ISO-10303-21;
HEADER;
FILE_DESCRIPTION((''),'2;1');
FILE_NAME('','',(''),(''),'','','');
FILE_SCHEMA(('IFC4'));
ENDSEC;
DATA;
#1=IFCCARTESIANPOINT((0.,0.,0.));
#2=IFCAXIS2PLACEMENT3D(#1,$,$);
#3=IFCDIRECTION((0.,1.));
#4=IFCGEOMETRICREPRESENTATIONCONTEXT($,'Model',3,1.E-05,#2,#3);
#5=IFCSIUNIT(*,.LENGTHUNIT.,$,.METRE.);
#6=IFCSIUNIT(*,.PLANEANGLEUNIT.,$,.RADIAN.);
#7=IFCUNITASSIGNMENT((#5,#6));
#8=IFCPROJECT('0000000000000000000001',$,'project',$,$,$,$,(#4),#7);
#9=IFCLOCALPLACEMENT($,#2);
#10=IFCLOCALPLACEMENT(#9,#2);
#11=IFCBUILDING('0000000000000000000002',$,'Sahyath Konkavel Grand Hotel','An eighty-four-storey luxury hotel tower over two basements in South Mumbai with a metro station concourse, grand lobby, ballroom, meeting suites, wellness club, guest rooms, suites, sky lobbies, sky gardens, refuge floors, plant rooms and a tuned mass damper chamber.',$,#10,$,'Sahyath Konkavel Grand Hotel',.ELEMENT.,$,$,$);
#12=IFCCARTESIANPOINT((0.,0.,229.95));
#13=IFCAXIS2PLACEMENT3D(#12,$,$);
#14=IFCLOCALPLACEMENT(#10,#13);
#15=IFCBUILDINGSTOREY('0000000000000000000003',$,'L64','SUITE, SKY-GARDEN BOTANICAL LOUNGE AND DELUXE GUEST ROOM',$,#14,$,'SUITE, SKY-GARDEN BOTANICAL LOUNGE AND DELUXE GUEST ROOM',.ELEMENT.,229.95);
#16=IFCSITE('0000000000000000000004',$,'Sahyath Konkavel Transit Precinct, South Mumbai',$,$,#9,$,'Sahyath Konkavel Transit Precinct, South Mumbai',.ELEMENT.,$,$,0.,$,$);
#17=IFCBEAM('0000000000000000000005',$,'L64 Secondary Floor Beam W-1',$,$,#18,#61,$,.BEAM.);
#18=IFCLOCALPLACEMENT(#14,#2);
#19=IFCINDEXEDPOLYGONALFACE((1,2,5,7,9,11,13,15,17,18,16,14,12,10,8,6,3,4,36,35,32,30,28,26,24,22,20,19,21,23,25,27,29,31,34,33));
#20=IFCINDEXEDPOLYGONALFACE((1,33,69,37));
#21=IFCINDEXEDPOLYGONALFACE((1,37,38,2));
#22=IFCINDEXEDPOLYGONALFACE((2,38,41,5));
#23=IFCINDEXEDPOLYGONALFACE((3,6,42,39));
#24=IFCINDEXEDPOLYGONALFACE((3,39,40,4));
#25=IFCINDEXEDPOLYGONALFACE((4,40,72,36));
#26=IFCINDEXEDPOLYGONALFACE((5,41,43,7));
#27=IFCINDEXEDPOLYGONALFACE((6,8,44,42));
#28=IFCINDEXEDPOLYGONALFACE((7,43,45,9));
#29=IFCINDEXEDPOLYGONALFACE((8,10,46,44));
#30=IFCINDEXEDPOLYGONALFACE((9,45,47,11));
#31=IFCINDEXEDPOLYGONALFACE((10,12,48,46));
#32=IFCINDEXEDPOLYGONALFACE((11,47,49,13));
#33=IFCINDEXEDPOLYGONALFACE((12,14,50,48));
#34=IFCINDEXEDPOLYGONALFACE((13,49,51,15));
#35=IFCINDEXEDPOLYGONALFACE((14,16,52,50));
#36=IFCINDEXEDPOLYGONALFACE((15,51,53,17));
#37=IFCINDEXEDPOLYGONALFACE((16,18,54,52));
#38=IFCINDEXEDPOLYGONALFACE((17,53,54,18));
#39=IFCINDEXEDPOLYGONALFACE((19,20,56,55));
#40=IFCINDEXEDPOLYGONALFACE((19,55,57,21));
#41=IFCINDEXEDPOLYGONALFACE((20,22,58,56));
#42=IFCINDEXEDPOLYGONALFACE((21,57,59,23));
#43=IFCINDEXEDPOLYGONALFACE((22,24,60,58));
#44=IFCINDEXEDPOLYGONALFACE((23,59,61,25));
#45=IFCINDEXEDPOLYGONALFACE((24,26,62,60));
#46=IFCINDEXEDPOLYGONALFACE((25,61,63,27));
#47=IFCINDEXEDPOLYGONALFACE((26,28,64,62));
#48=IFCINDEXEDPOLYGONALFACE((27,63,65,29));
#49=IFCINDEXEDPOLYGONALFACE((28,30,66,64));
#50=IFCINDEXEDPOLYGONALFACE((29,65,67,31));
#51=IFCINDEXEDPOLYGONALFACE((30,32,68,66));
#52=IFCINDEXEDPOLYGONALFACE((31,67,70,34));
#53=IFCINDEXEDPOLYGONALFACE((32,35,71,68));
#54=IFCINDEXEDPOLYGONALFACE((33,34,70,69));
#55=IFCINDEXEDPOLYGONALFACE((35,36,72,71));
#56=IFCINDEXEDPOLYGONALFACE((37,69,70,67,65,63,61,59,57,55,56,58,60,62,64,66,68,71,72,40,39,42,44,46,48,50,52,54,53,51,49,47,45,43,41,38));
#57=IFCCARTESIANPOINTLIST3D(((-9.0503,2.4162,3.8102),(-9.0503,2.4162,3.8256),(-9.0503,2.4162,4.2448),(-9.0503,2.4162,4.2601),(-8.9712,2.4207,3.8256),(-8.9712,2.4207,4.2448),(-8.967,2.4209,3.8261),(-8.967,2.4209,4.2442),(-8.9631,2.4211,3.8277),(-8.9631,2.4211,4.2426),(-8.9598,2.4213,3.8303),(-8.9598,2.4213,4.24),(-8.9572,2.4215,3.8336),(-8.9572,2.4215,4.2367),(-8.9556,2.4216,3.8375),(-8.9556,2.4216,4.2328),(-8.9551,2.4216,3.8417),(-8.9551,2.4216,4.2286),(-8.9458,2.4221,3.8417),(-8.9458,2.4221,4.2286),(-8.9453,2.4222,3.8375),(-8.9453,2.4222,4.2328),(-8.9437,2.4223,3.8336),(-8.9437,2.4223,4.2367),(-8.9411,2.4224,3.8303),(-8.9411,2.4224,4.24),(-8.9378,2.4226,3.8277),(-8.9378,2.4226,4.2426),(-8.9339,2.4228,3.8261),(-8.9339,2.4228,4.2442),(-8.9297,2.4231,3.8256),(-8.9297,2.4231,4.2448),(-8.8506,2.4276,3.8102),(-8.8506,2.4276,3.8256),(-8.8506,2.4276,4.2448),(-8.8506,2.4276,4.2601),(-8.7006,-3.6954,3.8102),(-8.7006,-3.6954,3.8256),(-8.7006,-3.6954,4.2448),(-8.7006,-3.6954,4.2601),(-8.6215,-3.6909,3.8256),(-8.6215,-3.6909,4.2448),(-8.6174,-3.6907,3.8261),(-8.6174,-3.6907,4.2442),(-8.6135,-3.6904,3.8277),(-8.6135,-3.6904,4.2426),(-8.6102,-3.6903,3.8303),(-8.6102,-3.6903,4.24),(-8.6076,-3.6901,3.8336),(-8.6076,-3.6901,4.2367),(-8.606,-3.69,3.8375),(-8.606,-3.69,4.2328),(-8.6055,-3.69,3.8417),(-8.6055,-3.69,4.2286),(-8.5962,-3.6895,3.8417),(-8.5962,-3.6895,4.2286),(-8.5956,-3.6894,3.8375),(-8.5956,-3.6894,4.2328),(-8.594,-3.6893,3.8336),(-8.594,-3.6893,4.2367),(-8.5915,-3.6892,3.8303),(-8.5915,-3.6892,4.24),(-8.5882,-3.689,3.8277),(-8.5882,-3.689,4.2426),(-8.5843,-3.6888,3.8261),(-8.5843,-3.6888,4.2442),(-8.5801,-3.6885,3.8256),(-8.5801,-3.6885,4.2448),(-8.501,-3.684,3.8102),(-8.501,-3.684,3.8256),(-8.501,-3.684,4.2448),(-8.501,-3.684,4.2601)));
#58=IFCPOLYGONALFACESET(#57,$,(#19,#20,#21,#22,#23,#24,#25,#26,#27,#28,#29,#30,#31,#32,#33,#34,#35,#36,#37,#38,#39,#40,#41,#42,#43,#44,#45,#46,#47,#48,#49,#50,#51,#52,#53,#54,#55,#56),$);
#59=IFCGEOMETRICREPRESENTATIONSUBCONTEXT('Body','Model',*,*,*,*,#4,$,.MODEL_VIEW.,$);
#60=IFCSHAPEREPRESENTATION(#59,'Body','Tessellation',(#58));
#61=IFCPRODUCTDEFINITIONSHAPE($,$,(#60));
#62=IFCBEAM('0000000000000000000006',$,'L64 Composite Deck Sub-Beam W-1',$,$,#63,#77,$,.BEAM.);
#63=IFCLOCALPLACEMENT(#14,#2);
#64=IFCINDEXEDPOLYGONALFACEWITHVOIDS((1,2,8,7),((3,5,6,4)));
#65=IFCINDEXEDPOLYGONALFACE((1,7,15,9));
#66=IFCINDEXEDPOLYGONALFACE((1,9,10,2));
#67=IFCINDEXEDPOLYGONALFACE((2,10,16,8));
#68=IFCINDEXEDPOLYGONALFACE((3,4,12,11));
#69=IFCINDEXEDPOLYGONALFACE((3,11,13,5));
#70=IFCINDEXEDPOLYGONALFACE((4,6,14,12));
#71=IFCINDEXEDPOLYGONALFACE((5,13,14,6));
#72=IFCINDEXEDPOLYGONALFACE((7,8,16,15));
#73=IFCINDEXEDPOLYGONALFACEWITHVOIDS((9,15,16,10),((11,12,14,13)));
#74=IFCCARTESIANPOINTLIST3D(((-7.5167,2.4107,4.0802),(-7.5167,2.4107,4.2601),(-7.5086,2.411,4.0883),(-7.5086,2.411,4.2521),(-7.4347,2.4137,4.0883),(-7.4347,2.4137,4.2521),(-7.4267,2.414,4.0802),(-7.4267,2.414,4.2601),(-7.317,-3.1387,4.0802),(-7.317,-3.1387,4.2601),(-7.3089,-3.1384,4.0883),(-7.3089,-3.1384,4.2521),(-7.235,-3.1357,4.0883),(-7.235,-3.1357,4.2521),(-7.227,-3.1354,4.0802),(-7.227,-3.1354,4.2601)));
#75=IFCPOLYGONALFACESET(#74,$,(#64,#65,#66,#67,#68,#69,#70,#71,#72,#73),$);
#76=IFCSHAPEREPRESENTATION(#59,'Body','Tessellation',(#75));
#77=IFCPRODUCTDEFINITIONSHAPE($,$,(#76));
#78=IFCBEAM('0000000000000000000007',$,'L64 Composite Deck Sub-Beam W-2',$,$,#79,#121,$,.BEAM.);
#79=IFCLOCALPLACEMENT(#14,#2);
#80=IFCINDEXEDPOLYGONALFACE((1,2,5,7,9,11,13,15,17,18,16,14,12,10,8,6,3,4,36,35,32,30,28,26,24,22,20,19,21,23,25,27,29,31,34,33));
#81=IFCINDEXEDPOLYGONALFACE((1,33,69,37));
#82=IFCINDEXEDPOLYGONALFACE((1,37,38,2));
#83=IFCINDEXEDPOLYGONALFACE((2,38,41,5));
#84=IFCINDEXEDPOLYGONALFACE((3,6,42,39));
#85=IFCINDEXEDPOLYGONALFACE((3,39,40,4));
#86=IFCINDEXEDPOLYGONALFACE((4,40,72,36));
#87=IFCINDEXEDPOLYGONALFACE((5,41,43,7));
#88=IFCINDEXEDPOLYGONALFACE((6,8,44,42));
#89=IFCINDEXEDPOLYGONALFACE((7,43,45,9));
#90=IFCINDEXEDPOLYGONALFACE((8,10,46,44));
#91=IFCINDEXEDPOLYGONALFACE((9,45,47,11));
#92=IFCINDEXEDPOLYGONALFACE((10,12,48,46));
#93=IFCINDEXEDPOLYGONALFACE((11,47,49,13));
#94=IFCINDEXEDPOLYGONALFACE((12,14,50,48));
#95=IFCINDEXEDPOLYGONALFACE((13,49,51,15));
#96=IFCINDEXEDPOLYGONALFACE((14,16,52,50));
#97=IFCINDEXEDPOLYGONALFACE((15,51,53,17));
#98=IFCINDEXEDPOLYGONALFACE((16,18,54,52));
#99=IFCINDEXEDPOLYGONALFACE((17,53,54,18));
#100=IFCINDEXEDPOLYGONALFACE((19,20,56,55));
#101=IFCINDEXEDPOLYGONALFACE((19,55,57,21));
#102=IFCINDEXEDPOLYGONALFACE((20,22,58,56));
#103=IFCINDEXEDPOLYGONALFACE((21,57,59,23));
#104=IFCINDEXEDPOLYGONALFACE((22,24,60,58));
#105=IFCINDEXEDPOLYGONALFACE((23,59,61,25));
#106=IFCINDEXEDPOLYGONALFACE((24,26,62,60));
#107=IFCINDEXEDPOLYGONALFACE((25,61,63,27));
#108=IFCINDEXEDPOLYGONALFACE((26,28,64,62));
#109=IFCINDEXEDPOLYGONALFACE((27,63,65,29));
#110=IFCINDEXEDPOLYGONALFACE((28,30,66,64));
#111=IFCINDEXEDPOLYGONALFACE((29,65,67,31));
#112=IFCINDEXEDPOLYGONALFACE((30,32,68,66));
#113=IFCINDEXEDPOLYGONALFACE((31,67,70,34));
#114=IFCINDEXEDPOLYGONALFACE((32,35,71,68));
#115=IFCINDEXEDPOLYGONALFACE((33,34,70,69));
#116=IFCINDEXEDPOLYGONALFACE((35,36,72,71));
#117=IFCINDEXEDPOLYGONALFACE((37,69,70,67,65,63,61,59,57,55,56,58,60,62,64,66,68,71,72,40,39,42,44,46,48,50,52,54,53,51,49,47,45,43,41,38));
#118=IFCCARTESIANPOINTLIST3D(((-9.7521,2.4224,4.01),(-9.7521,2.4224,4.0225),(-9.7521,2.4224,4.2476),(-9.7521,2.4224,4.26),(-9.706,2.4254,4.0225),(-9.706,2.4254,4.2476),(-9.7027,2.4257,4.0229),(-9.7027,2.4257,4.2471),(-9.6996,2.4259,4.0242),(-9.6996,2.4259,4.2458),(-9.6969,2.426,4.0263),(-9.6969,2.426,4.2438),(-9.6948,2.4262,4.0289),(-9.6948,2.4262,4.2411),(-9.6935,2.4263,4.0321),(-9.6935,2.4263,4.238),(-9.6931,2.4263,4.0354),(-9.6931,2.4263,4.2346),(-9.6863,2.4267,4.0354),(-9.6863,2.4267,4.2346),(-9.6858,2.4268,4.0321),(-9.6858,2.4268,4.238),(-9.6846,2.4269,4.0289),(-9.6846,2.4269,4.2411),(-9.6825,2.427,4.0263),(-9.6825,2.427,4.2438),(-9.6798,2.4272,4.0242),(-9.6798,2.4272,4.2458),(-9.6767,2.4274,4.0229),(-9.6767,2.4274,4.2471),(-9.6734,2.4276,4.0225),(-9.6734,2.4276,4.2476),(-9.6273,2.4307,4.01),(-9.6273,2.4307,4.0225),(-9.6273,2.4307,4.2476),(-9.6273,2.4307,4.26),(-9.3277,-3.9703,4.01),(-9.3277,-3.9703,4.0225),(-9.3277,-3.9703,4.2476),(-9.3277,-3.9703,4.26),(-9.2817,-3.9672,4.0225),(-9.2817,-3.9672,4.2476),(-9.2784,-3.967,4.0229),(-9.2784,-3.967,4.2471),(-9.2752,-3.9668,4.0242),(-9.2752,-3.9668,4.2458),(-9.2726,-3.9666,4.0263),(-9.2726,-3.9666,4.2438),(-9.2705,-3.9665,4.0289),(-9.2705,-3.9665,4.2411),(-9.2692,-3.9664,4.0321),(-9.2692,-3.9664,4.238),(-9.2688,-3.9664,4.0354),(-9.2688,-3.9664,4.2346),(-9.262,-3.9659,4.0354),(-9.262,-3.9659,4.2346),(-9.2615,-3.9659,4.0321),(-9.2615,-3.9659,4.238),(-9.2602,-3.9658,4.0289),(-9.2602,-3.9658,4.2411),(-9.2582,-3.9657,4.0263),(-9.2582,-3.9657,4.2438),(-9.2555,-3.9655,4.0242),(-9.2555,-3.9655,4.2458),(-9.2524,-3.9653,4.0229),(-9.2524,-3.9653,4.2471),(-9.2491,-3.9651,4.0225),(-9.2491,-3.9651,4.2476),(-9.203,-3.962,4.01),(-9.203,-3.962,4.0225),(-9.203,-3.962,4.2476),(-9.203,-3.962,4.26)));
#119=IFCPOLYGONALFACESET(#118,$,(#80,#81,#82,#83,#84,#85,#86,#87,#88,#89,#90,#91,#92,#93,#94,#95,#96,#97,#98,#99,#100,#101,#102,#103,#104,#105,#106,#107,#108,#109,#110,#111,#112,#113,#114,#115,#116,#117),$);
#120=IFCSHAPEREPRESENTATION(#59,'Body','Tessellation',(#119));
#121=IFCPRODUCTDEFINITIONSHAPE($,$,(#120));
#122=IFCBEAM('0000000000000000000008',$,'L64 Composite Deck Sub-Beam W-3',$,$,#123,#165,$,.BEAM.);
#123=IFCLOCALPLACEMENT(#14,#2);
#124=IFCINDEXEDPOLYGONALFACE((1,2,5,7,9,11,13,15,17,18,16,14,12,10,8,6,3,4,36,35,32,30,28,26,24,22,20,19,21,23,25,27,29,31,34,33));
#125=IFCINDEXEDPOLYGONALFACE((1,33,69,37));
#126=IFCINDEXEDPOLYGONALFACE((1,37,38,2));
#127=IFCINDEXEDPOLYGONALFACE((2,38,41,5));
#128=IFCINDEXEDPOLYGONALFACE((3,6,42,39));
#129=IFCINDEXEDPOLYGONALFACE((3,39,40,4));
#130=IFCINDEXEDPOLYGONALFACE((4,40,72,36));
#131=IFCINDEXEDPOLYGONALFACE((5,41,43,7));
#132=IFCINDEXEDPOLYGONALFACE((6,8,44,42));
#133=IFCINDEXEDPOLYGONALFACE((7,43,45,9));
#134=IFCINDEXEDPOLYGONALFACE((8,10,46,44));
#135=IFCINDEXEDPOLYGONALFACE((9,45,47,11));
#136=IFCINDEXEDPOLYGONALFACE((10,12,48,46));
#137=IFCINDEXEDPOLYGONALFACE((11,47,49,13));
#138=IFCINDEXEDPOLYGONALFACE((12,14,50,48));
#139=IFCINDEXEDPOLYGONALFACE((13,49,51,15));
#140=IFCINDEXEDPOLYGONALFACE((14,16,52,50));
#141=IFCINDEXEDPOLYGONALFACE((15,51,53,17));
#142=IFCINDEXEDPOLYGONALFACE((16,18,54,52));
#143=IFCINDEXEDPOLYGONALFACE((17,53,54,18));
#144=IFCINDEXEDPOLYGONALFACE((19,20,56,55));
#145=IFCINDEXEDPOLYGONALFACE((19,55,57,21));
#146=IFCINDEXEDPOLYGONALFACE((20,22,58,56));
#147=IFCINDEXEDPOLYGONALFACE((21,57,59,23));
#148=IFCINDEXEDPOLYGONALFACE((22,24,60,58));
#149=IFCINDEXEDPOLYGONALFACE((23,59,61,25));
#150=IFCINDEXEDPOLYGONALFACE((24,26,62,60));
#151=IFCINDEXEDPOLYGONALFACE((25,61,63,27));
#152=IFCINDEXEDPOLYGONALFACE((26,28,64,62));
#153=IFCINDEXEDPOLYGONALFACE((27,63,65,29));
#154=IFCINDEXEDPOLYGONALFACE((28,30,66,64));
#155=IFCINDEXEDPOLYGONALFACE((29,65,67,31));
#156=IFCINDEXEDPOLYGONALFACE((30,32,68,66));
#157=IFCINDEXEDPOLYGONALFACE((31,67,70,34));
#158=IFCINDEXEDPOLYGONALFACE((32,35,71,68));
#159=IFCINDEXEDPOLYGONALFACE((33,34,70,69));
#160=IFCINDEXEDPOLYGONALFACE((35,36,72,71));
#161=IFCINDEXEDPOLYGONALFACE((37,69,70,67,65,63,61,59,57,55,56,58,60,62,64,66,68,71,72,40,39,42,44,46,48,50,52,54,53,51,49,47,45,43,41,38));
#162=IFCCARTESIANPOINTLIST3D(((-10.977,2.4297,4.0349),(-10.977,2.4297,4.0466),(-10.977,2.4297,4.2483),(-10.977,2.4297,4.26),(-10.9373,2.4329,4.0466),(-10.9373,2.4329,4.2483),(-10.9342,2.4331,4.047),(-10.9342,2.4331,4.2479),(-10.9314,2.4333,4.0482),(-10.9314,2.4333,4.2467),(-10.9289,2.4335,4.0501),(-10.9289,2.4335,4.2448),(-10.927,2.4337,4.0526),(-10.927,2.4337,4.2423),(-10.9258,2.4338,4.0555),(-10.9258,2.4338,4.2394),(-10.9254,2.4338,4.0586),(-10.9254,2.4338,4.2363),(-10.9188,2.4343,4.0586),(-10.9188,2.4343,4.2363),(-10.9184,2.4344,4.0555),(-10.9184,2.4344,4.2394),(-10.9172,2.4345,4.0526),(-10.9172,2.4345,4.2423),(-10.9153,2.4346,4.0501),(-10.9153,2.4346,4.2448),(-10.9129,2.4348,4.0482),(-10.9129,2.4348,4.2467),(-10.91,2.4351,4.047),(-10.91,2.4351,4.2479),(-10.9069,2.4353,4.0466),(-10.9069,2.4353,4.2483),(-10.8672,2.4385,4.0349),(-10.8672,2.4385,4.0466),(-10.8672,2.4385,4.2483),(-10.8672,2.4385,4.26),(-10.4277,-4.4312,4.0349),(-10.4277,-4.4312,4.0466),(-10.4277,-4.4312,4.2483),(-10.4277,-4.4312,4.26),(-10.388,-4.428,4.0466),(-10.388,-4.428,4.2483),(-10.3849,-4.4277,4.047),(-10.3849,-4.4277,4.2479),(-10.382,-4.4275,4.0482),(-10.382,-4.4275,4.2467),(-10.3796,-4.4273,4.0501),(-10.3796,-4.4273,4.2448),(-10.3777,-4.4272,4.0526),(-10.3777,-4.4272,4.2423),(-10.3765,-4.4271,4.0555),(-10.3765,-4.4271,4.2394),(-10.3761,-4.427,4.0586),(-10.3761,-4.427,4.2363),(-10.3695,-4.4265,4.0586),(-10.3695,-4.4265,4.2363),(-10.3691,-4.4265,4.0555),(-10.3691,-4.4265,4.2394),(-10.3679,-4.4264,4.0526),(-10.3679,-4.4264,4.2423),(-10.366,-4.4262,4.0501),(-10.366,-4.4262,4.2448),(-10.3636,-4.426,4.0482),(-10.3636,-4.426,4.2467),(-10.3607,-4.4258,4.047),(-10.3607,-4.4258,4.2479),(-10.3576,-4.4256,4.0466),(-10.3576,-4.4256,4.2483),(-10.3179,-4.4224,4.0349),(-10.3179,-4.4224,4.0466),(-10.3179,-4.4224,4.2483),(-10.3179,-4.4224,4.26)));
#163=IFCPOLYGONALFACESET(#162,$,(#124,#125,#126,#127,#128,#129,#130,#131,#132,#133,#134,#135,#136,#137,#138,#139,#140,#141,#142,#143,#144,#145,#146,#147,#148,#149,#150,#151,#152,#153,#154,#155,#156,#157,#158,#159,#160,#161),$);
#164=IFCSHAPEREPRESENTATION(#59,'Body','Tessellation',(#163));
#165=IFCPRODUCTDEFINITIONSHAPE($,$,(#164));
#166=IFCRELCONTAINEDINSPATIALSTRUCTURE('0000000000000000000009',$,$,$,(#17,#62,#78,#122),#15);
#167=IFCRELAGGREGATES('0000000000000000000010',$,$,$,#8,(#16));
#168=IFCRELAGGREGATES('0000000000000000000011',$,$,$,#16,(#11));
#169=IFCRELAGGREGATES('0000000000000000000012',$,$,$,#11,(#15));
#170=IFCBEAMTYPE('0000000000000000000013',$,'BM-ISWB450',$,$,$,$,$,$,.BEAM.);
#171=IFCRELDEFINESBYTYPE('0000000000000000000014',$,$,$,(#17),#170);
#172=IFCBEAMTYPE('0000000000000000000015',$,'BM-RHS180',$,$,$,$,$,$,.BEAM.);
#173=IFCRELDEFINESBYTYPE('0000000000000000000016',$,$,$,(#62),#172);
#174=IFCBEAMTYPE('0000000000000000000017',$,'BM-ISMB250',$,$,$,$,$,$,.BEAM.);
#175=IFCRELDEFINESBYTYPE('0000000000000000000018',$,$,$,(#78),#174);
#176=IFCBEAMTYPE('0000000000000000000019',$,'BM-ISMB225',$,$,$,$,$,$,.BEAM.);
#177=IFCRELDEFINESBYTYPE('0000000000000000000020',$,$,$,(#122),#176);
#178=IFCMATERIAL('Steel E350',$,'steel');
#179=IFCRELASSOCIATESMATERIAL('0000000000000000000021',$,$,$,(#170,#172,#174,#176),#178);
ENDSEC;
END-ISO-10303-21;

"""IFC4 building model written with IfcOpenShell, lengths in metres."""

from ifc_helpers import new_model, si_unit, direction, frame, origin, origin_2d, place, context, subcontext, project, spatial, hollow_rectangle, i_section, extrude, source, transform, mapped, material, material_profile, profile_set, type_object, element, save


model = new_model("IFC4")

# Units and contexts
model_context = context("Model", 3, precision=1e-05, world=origin(), true_north=direction((0.0, 1.0)))
body_context = subcontext(model_context, "Body", "Model", "MODEL_VIEW")
ifc_project = project(units=[si_unit("LENGTHUNIT", "METRE"), si_unit("PLANEANGLEUNIT", "RADIAN")], contexts=[model_context])

# Site, building, storey
site_placement = place(None, origin())
site = spatial("IfcSite", under=ifc_project, at=site_placement, Name="Sahyath Konkavel Transit Precinct, South Mumbai", LongName="Sahyath Konkavel Transit Precinct, South Mumbai", CompositionType="ELEMENT", RefElevation=0.0)
building_placement = place(site_placement, origin())
building = spatial("IfcBuilding", under=site, at=building_placement, Name="Sahyath Konkavel Grand Hotel", Description="An eighty-four-storey luxury hotel tower over two basements in South Mumbai with a metro station concourse, grand lobby, ballroom, meeting suites, wellness club, guest rooms, suites, sky lobbies, sky gardens, refuge floors, plant rooms and a tuned mass damper chamber.", LongName="Sahyath Konkavel Grand Hotel", CompositionType="ELEMENT")
storey_placement = place(building_placement, frame((0.0, 0.0, 229.95)))
storey = spatial("IfcBuildingStorey", under=building, at=storey_placement, Name="L64", Description="SUITE, SKY-GARDEN BOTANICAL LOUNGE AND DELUXE GUEST ROOM", LongName="SUITE, SKY-GARDEN BOTANICAL LOUNGE AND DELUXE GUEST ROOM", CompositionType="ELEMENT", Elevation=229.95)

# Beams
ifc_material_1 = material(Name="Steel E350", Category="steel")
ifc_material_profile_1 = material_profile(ifc_material_1, i_section(OverallWidth=0.2, OverallDepth=0.45, WebThickness=0.0093, FlangeThickness=0.0154, FilletRadius=0.0161, at=origin_2d()), Name="ISWB 450")
ifc_profile_set_1 = profile_set([ifc_material_profile_1], Name="Steel E350")
beam_type_1 = type_object("IfcBeamType", Name="BM-ISWB450", PredefinedType="BEAM", material=ifc_profile_set_1)
shared_shape_1 = source(origin(), body_context, "Body", "SweptSolid", [
    extrude(i_section(OverallWidth=0.2, OverallDepth=0.45, WebThickness=0.0093, FlangeThickness=0.0154, FilletRadius=0.0161, at=origin_2d()), origin(), (0.0, 0.0, 1.0), 6.1216),
])
beam_1_placement = place(storey_placement, frame((-8.9504, 2.4219, 4.0352), z_axis=(0.057111, -0.998368, 0.0), x_axis=(0.998368, 0.057111, 0.0)))
element("IfcBeam", 1, at=beam_1_placement, inside=storey, type_object=beam_type_1, Name="L64 Secondary Floor Beam W-1", PredefinedType="BEAM", context=body_context, shape_type="MappedRepresentation", body=[
    mapped(shared_shape_1, transform((0.0, 0.0, 0.0), scale=1.0)),
])
ifc_material_profile_2 = material_profile(ifc_material_1, hollow_rectangle(XDim=0.0901, YDim=0.1799, WallThickness=0.0081, at=origin_2d()), Name="RHS 180x90x8")
ifc_profile_set_2 = profile_set([ifc_material_profile_2], Name="Steel E350")
beam_type_2 = type_object("IfcBeamType", Name="BM-RHS180", PredefinedType="BEAM", material=ifc_profile_set_2)
shared_shape_2 = source(origin(), body_context, "Body", "SweptSolid", [
    extrude(hollow_rectangle(XDim=0.0901, YDim=0.1799, WallThickness=0.0081, at=origin_2d()), origin(), (0.0, 0.0, 1.0), 5.553),
])
beam_2_placement = place(storey_placement, frame((-7.4717, 2.4124, 4.1702), z_axis=(0.035964, -0.999353, 0.0), x_axis=(0.999353, 0.035964, 0.0)))
element("IfcBeam", 2, at=beam_2_placement, inside=storey, type_object=beam_type_2, Name="L64 Composite Deck Sub-Beam W-1", PredefinedType="BEAM", context=body_context, shape_type="MappedRepresentation", body=[
    mapped(shared_shape_2, transform((0.0, 0.0, 0.0), scale=1.0)),
])
ifc_material_profile_3 = material_profile(ifc_material_1, i_section(OverallWidth=0.125, OverallDepth=0.25, WebThickness=0.0068, FlangeThickness=0.0125, FilletRadius=0.0129, at=origin_2d()), Name="ISMB 250")
ifc_profile_set_3 = profile_set([ifc_material_profile_3], Name="Steel E350")
beam_type_3 = type_object("IfcBeamType", Name="BM-ISMB250", PredefinedType="BEAM", material=ifc_profile_set_3)
shared_shape_3 = source(origin(), body_context, "Body", "SweptSolid", [
    extrude(i_section(OverallWidth=0.125, OverallDepth=0.25, WebThickness=0.0068, FlangeThickness=0.0125, FilletRadius=0.0129, at=origin_2d()), origin(), (0.0, 0.0, 1.0), 6.4067),
])
beam_3_placement = place(storey_placement, frame((-9.6897, 2.4265, 4.135), z_axis=(0.066231, -0.997804, 0.0), x_axis=(0.997804, 0.066231, 0.0)))
element("IfcBeam", 3, at=beam_3_placement, inside=storey, type_object=beam_type_3, Name="L64 Composite Deck Sub-Beam W-2", PredefinedType="BEAM", context=body_context, shape_type="MappedRepresentation", body=[
    mapped(shared_shape_3, transform((0.0, 0.0, 0.0), scale=1.0)),
])
ifc_material_profile_4 = material_profile(ifc_material_1, i_section(OverallWidth=0.1101, OverallDepth=0.2251, WebThickness=0.0066, FlangeThickness=0.0117, FilletRadius=0.012, at=origin_2d()), Name="ISMB 225")
ifc_profile_set_4 = profile_set([ifc_material_profile_4], Name="Steel E350")
beam_type_4 = type_object("IfcBeamType", Name="BM-ISMB225", PredefinedType="BEAM", material=ifc_profile_set_4)
shared_shape_4 = source(origin(), body_context, "Body", "SweptSolid", [
    extrude(i_section(OverallWidth=0.1101, OverallDepth=0.2251, WebThickness=0.0066, FlangeThickness=0.0117, FilletRadius=0.012, at=origin_2d()), origin(), (0.0, 0.0, 1.0), 6.8828),
])
beam_4_placement = place(storey_placement, frame((-10.9221, 2.4341, 4.1475), z_axis=(0.07981, -0.99681, 0.0), x_axis=(0.99681, 0.07981, 0.0)))
element("IfcBeam", 4, at=beam_4_placement, inside=storey, type_object=beam_type_4, Name="L64 Composite Deck Sub-Beam W-3", PredefinedType="BEAM", context=body_context, shape_type="MappedRepresentation", body=[
    mapped(shared_shape_4, transform((0.0, 0.0, 0.0), scale=1.0)),
])

save(model, "model.ifc")
